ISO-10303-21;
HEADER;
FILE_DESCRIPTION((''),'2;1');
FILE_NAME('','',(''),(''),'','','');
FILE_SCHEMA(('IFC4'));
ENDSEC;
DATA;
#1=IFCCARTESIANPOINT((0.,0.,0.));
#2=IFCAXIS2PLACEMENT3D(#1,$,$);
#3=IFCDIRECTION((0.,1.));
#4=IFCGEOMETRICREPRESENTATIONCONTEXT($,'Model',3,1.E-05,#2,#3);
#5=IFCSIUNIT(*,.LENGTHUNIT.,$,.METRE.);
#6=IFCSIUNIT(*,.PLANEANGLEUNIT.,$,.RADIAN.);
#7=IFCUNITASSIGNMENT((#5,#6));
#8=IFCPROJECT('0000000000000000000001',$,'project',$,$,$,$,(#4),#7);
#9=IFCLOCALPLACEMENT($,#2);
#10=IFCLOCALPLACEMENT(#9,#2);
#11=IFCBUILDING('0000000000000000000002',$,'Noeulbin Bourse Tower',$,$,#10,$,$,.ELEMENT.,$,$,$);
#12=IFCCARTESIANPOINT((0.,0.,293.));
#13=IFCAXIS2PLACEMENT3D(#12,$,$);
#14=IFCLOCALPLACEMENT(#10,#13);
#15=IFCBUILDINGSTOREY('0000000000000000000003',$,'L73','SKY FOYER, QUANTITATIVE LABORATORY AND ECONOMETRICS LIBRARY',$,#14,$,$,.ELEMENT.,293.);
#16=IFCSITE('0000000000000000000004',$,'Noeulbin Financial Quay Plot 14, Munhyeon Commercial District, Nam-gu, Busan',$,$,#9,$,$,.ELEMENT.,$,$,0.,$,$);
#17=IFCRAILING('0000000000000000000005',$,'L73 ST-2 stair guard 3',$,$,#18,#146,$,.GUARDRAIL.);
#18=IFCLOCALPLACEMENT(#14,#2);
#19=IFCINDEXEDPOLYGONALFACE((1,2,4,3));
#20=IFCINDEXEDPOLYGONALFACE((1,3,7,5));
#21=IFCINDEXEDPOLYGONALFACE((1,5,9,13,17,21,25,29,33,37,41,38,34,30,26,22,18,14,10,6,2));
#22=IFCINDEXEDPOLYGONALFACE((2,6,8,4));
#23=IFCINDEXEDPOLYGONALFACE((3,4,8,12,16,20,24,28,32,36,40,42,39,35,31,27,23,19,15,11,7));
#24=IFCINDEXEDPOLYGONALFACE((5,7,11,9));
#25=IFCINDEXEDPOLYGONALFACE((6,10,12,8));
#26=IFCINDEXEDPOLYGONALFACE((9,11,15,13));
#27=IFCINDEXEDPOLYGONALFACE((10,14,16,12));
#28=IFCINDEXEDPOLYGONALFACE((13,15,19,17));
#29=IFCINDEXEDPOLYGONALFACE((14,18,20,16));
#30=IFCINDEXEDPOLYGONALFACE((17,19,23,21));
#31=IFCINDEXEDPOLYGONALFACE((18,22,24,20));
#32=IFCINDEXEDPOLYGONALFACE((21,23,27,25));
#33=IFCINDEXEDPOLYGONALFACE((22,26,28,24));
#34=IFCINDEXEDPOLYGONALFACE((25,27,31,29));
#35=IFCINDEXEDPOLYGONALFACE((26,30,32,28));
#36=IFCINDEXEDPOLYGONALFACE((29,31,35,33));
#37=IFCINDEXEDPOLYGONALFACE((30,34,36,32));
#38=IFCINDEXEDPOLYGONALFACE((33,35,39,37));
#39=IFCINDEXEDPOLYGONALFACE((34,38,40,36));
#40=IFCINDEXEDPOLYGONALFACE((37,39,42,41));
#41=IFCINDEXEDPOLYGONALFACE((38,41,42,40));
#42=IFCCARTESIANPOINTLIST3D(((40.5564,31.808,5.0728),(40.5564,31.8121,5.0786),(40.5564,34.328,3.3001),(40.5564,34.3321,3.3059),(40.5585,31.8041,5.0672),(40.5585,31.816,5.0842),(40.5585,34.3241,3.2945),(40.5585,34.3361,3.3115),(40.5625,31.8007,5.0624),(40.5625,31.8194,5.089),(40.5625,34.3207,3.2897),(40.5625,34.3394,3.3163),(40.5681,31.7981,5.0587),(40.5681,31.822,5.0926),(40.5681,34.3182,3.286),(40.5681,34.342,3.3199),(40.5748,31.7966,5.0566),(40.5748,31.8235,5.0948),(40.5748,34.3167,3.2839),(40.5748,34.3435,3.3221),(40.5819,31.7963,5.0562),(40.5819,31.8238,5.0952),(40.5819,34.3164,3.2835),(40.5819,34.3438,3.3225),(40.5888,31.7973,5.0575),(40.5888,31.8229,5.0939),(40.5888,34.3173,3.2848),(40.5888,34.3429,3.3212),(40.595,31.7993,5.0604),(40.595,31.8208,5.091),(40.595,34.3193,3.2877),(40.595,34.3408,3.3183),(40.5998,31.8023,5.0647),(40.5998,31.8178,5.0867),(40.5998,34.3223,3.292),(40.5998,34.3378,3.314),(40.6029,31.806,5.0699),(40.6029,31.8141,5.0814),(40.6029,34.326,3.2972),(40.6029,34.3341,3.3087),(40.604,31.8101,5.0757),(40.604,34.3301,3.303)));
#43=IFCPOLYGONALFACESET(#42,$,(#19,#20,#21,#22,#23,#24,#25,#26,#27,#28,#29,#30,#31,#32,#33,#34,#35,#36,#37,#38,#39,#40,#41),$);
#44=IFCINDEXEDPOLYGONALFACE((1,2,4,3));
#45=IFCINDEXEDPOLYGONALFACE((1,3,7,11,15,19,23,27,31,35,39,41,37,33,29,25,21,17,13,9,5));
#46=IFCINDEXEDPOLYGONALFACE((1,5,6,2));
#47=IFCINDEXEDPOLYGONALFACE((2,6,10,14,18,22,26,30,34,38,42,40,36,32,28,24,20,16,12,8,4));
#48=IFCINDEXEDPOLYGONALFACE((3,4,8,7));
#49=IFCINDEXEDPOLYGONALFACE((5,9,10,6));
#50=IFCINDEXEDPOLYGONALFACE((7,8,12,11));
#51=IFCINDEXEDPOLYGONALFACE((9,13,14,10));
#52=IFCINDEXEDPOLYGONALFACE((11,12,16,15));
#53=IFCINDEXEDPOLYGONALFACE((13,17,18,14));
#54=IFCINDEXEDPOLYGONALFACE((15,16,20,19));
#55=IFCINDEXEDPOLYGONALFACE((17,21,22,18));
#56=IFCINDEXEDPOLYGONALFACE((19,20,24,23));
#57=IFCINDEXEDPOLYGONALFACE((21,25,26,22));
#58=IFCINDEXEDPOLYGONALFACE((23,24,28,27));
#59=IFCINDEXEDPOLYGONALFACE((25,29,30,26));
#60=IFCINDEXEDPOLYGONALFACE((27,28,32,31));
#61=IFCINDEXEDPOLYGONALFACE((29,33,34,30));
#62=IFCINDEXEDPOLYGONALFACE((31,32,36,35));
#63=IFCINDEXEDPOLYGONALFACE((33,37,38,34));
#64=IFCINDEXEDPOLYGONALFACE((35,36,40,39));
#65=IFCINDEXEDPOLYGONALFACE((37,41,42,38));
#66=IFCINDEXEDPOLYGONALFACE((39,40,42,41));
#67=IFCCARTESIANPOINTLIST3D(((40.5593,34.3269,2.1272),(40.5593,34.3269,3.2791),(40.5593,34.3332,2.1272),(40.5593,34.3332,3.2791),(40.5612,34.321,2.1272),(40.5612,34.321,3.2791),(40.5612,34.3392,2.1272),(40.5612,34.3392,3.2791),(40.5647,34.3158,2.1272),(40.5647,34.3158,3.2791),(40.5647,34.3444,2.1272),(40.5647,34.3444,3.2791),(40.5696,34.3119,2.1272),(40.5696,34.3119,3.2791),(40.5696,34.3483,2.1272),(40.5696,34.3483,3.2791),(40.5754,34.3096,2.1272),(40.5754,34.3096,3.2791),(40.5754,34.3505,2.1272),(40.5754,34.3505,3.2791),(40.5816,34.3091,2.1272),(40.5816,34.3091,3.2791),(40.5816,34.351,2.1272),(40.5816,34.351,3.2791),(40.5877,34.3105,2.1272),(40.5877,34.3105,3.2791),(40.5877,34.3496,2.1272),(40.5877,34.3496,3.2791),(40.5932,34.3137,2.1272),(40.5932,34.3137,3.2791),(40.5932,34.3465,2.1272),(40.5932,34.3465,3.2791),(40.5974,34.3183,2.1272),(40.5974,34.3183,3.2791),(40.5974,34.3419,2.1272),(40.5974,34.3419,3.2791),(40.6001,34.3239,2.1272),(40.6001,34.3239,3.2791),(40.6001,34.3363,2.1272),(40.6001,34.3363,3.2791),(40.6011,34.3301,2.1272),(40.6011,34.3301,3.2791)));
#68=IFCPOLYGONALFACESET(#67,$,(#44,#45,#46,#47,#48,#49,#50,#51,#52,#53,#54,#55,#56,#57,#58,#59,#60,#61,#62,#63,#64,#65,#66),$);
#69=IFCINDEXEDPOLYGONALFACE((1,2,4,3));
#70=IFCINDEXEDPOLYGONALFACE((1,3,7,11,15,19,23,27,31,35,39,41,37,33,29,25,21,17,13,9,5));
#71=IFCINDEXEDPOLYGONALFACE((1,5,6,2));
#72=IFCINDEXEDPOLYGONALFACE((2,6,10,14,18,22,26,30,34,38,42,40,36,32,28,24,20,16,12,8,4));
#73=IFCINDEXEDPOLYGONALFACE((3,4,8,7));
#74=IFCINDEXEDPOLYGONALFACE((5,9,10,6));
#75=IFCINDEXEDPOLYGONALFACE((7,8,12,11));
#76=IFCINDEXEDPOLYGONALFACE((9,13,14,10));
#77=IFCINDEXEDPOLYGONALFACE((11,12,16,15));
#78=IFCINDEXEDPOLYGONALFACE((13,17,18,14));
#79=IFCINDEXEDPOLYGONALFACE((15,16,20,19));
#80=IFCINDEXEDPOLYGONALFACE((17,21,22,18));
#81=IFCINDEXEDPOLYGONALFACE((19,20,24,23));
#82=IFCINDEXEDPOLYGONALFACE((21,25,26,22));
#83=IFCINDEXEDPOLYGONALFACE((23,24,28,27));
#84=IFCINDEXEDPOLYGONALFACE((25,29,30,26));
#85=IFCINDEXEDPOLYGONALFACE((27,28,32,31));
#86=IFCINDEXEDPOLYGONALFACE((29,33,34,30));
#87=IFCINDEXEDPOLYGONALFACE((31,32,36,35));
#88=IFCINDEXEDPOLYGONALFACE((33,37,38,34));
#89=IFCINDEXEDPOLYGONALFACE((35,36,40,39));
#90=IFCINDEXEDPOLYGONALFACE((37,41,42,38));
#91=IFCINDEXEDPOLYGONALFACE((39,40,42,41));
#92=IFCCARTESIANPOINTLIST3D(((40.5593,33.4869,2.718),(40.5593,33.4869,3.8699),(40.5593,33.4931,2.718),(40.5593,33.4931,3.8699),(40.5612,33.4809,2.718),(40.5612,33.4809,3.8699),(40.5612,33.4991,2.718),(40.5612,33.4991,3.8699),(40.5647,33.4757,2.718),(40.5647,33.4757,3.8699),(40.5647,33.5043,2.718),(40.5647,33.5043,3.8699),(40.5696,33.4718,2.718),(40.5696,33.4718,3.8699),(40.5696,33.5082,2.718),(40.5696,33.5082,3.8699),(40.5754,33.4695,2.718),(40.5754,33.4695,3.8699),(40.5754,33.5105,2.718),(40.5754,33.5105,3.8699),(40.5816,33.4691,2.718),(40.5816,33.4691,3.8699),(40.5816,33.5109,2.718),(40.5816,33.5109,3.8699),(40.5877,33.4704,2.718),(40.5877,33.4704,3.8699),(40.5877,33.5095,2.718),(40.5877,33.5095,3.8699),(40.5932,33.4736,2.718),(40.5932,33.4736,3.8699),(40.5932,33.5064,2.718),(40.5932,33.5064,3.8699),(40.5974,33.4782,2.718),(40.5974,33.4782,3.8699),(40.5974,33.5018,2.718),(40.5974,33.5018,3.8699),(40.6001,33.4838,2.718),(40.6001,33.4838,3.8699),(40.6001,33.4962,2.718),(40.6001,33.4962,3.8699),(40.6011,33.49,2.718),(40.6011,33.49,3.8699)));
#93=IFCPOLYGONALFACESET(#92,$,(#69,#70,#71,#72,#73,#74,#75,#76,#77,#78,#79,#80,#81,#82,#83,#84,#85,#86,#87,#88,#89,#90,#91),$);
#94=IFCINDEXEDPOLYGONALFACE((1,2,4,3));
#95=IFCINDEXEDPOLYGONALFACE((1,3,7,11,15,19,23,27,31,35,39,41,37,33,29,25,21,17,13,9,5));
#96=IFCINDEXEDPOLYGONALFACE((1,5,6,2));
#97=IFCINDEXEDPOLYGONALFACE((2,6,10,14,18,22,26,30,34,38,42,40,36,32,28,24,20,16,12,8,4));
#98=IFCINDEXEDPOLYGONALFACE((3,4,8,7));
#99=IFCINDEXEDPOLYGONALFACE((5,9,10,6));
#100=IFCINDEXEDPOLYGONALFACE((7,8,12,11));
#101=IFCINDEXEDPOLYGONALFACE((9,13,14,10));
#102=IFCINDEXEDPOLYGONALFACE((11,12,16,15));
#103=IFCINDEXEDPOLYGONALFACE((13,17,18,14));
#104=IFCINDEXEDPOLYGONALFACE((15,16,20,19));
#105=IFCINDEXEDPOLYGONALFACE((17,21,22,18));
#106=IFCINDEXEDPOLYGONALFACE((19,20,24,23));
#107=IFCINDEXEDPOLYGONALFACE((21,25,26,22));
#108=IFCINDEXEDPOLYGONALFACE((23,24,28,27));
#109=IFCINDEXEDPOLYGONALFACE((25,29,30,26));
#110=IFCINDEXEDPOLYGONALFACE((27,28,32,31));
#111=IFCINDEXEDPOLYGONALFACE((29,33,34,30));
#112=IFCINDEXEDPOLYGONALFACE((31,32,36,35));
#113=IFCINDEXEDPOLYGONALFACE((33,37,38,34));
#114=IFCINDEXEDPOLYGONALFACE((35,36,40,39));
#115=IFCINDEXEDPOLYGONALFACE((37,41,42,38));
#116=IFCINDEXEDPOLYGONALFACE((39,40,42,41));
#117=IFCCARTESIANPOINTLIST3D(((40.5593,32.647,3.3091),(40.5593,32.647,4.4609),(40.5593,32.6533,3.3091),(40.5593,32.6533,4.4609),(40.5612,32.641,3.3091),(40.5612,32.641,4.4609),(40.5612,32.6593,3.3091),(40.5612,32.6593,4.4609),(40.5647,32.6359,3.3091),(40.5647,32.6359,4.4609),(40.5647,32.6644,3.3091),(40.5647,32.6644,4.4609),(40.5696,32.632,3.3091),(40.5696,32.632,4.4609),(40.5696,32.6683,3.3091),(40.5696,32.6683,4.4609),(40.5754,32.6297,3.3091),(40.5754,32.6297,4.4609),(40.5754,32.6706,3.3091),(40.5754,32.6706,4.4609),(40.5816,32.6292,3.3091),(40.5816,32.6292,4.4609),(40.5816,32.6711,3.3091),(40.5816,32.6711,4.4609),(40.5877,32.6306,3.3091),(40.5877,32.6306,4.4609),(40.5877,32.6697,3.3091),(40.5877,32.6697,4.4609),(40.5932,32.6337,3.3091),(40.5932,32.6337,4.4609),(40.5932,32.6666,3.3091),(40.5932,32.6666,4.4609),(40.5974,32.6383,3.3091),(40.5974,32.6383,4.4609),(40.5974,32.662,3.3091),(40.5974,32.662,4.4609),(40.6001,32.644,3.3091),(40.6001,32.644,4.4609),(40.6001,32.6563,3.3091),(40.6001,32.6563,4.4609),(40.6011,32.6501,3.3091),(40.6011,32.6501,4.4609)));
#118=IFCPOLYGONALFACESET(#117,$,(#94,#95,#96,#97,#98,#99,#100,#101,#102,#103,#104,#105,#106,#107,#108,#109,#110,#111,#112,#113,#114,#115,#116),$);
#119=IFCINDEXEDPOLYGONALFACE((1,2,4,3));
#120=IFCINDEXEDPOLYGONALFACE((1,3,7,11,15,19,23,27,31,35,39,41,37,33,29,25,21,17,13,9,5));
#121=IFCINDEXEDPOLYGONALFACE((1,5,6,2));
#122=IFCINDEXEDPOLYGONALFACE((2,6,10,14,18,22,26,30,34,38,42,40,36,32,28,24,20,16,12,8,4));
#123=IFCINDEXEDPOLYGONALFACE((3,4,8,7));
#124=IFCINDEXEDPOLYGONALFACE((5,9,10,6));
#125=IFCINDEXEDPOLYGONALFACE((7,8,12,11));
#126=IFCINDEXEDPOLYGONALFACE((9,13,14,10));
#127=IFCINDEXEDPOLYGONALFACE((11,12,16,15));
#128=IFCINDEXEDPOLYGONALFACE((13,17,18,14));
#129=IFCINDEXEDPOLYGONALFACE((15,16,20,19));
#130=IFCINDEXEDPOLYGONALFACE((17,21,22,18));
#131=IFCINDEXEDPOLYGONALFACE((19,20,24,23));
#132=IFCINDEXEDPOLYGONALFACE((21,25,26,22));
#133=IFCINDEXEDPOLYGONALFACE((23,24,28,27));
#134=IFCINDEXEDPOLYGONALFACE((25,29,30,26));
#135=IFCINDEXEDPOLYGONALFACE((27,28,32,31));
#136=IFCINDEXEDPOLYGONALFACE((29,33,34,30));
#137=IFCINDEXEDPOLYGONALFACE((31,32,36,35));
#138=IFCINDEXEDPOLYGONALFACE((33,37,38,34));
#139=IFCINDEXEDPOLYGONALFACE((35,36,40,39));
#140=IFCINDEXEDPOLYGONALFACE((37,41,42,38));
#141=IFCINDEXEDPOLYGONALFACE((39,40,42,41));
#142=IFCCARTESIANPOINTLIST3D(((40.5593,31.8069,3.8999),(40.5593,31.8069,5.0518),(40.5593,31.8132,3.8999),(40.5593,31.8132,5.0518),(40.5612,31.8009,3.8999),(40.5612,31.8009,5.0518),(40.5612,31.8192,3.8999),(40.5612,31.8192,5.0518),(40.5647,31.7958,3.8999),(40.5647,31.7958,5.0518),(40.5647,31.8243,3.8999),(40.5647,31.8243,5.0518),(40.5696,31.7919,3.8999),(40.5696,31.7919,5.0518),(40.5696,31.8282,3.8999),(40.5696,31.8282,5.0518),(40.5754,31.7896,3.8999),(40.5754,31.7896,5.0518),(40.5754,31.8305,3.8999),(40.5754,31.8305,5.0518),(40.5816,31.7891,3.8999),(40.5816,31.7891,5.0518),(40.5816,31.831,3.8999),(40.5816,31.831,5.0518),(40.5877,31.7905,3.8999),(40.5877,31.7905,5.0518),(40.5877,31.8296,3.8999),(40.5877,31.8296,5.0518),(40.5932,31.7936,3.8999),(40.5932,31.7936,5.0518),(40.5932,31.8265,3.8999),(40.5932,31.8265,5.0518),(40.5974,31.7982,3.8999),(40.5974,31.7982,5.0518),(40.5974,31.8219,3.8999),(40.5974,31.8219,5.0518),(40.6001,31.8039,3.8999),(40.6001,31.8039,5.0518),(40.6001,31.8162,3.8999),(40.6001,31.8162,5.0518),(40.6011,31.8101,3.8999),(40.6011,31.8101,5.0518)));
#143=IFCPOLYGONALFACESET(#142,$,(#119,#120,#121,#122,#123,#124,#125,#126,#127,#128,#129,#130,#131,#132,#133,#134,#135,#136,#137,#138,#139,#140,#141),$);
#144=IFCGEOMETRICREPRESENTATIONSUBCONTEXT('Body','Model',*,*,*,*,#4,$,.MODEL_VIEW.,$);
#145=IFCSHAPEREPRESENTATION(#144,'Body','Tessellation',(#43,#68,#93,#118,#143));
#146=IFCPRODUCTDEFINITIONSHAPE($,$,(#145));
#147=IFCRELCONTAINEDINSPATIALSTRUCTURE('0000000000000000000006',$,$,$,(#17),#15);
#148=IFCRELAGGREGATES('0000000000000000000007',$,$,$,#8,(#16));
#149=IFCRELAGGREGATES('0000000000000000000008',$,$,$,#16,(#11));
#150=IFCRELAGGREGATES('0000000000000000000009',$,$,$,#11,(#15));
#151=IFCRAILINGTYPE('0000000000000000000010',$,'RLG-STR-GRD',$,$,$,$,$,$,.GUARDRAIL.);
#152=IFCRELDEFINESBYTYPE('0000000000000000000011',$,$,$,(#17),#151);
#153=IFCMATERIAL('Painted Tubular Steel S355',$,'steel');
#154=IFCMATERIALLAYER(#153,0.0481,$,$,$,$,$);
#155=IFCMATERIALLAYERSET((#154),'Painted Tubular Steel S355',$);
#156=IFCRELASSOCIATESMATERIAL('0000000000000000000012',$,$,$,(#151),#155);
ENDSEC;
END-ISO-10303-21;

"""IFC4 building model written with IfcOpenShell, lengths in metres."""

from ifc_helpers import new_model, si_unit, direction, frame, origin, origin_2d, place, context, subcontext, project, spatial, circle, extrude, material, layer, layer_set, type_object, element, save


model = new_model("IFC4")

# Units and contexts
model_context = context("Model", 3, precision=1e-05, world=origin(), true_north=direction((0.0, 1.0)))
body_context = subcontext(model_context, "Body", "Model", "MODEL_VIEW")
ifc_project = project(units=[si_unit("LENGTHUNIT", "METRE"), si_unit("PLANEANGLEUNIT", "RADIAN")], contexts=[model_context])

# Site, building, storey
site_placement = place(None, origin())
site = spatial("IfcSite", under=ifc_project, at=site_placement, Name="Noeulbin Financial Quay Plot 14, Munhyeon Commercial District, Nam-gu, Busan", CompositionType="ELEMENT", RefElevation=0.0)
building_placement = place(site_placement, origin())
building = spatial("IfcBuilding", under=site, at=building_placement, Name="Noeulbin Bourse Tower", CompositionType="ELEMENT")
storey_placement = place(building_placement, frame((0.0, 0.0, 293.0)))
storey = spatial("IfcBuildingStorey", under=building, at=storey_placement, Name="L73", Description="SKY FOYER, QUANTITATIVE LABORATORY AND ECONOMETRICS LIBRARY", CompositionType="ELEMENT", Elevation=293.0)

# Railing
ifc_material_1 = material(Name="Painted Tubular Steel S355", Category="steel")
ifc_layer_1 = layer(ifc_material_1, 0.0481)
ifc_layer_set_1 = layer_set([ifc_layer_1], Name="Painted Tubular Steel S355")
railing_type_1 = type_object("IfcRailingType", Name="RLG-STR-GRD", PredefinedType="GUARDRAIL", material=ifc_layer_set_1)
railing_1_placement = place(storey_placement, frame((40.5801, 34.3301, 2.1272)))
element("IfcRailing", 1, at=railing_1_placement, inside=storey, type_object=railing_type_1, Name="L73 ST-2 stair guard 3", PredefinedType="GUARDRAIL", context=body_context, shape_type="SweptSolid", body=[
    extrude(circle(Radius=0.0239, at=origin_2d()), frame((0.0, 0.0, 1.1758), z_axis=(0.0, -0.817904, 0.575354), x_axis=(1.0, 0.0, 0.0)), (0.0, 0.0, 1.0), 3.0811),
    extrude(circle(Radius=0.021, at=origin_2d()), origin(), (0.0, 0.0, 1.0), 1.1519),
    extrude(circle(Radius=0.021, at=origin_2d()), frame((0.0, -0.8401, 0.5908)), (0.0, 0.0, 1.0), 1.1519),
    extrude(circle(Radius=0.021, at=origin_2d()), frame((0.0, -1.6799, 1.1819)), (0.0, 0.0, 1.0), 1.1519),
    extrude(circle(Radius=0.021, at=origin_2d()), frame((0.0, -2.52, 1.7727)), (0.0, 0.0, 1.0), 1.1519),
])

save(model, "model.ifc")
